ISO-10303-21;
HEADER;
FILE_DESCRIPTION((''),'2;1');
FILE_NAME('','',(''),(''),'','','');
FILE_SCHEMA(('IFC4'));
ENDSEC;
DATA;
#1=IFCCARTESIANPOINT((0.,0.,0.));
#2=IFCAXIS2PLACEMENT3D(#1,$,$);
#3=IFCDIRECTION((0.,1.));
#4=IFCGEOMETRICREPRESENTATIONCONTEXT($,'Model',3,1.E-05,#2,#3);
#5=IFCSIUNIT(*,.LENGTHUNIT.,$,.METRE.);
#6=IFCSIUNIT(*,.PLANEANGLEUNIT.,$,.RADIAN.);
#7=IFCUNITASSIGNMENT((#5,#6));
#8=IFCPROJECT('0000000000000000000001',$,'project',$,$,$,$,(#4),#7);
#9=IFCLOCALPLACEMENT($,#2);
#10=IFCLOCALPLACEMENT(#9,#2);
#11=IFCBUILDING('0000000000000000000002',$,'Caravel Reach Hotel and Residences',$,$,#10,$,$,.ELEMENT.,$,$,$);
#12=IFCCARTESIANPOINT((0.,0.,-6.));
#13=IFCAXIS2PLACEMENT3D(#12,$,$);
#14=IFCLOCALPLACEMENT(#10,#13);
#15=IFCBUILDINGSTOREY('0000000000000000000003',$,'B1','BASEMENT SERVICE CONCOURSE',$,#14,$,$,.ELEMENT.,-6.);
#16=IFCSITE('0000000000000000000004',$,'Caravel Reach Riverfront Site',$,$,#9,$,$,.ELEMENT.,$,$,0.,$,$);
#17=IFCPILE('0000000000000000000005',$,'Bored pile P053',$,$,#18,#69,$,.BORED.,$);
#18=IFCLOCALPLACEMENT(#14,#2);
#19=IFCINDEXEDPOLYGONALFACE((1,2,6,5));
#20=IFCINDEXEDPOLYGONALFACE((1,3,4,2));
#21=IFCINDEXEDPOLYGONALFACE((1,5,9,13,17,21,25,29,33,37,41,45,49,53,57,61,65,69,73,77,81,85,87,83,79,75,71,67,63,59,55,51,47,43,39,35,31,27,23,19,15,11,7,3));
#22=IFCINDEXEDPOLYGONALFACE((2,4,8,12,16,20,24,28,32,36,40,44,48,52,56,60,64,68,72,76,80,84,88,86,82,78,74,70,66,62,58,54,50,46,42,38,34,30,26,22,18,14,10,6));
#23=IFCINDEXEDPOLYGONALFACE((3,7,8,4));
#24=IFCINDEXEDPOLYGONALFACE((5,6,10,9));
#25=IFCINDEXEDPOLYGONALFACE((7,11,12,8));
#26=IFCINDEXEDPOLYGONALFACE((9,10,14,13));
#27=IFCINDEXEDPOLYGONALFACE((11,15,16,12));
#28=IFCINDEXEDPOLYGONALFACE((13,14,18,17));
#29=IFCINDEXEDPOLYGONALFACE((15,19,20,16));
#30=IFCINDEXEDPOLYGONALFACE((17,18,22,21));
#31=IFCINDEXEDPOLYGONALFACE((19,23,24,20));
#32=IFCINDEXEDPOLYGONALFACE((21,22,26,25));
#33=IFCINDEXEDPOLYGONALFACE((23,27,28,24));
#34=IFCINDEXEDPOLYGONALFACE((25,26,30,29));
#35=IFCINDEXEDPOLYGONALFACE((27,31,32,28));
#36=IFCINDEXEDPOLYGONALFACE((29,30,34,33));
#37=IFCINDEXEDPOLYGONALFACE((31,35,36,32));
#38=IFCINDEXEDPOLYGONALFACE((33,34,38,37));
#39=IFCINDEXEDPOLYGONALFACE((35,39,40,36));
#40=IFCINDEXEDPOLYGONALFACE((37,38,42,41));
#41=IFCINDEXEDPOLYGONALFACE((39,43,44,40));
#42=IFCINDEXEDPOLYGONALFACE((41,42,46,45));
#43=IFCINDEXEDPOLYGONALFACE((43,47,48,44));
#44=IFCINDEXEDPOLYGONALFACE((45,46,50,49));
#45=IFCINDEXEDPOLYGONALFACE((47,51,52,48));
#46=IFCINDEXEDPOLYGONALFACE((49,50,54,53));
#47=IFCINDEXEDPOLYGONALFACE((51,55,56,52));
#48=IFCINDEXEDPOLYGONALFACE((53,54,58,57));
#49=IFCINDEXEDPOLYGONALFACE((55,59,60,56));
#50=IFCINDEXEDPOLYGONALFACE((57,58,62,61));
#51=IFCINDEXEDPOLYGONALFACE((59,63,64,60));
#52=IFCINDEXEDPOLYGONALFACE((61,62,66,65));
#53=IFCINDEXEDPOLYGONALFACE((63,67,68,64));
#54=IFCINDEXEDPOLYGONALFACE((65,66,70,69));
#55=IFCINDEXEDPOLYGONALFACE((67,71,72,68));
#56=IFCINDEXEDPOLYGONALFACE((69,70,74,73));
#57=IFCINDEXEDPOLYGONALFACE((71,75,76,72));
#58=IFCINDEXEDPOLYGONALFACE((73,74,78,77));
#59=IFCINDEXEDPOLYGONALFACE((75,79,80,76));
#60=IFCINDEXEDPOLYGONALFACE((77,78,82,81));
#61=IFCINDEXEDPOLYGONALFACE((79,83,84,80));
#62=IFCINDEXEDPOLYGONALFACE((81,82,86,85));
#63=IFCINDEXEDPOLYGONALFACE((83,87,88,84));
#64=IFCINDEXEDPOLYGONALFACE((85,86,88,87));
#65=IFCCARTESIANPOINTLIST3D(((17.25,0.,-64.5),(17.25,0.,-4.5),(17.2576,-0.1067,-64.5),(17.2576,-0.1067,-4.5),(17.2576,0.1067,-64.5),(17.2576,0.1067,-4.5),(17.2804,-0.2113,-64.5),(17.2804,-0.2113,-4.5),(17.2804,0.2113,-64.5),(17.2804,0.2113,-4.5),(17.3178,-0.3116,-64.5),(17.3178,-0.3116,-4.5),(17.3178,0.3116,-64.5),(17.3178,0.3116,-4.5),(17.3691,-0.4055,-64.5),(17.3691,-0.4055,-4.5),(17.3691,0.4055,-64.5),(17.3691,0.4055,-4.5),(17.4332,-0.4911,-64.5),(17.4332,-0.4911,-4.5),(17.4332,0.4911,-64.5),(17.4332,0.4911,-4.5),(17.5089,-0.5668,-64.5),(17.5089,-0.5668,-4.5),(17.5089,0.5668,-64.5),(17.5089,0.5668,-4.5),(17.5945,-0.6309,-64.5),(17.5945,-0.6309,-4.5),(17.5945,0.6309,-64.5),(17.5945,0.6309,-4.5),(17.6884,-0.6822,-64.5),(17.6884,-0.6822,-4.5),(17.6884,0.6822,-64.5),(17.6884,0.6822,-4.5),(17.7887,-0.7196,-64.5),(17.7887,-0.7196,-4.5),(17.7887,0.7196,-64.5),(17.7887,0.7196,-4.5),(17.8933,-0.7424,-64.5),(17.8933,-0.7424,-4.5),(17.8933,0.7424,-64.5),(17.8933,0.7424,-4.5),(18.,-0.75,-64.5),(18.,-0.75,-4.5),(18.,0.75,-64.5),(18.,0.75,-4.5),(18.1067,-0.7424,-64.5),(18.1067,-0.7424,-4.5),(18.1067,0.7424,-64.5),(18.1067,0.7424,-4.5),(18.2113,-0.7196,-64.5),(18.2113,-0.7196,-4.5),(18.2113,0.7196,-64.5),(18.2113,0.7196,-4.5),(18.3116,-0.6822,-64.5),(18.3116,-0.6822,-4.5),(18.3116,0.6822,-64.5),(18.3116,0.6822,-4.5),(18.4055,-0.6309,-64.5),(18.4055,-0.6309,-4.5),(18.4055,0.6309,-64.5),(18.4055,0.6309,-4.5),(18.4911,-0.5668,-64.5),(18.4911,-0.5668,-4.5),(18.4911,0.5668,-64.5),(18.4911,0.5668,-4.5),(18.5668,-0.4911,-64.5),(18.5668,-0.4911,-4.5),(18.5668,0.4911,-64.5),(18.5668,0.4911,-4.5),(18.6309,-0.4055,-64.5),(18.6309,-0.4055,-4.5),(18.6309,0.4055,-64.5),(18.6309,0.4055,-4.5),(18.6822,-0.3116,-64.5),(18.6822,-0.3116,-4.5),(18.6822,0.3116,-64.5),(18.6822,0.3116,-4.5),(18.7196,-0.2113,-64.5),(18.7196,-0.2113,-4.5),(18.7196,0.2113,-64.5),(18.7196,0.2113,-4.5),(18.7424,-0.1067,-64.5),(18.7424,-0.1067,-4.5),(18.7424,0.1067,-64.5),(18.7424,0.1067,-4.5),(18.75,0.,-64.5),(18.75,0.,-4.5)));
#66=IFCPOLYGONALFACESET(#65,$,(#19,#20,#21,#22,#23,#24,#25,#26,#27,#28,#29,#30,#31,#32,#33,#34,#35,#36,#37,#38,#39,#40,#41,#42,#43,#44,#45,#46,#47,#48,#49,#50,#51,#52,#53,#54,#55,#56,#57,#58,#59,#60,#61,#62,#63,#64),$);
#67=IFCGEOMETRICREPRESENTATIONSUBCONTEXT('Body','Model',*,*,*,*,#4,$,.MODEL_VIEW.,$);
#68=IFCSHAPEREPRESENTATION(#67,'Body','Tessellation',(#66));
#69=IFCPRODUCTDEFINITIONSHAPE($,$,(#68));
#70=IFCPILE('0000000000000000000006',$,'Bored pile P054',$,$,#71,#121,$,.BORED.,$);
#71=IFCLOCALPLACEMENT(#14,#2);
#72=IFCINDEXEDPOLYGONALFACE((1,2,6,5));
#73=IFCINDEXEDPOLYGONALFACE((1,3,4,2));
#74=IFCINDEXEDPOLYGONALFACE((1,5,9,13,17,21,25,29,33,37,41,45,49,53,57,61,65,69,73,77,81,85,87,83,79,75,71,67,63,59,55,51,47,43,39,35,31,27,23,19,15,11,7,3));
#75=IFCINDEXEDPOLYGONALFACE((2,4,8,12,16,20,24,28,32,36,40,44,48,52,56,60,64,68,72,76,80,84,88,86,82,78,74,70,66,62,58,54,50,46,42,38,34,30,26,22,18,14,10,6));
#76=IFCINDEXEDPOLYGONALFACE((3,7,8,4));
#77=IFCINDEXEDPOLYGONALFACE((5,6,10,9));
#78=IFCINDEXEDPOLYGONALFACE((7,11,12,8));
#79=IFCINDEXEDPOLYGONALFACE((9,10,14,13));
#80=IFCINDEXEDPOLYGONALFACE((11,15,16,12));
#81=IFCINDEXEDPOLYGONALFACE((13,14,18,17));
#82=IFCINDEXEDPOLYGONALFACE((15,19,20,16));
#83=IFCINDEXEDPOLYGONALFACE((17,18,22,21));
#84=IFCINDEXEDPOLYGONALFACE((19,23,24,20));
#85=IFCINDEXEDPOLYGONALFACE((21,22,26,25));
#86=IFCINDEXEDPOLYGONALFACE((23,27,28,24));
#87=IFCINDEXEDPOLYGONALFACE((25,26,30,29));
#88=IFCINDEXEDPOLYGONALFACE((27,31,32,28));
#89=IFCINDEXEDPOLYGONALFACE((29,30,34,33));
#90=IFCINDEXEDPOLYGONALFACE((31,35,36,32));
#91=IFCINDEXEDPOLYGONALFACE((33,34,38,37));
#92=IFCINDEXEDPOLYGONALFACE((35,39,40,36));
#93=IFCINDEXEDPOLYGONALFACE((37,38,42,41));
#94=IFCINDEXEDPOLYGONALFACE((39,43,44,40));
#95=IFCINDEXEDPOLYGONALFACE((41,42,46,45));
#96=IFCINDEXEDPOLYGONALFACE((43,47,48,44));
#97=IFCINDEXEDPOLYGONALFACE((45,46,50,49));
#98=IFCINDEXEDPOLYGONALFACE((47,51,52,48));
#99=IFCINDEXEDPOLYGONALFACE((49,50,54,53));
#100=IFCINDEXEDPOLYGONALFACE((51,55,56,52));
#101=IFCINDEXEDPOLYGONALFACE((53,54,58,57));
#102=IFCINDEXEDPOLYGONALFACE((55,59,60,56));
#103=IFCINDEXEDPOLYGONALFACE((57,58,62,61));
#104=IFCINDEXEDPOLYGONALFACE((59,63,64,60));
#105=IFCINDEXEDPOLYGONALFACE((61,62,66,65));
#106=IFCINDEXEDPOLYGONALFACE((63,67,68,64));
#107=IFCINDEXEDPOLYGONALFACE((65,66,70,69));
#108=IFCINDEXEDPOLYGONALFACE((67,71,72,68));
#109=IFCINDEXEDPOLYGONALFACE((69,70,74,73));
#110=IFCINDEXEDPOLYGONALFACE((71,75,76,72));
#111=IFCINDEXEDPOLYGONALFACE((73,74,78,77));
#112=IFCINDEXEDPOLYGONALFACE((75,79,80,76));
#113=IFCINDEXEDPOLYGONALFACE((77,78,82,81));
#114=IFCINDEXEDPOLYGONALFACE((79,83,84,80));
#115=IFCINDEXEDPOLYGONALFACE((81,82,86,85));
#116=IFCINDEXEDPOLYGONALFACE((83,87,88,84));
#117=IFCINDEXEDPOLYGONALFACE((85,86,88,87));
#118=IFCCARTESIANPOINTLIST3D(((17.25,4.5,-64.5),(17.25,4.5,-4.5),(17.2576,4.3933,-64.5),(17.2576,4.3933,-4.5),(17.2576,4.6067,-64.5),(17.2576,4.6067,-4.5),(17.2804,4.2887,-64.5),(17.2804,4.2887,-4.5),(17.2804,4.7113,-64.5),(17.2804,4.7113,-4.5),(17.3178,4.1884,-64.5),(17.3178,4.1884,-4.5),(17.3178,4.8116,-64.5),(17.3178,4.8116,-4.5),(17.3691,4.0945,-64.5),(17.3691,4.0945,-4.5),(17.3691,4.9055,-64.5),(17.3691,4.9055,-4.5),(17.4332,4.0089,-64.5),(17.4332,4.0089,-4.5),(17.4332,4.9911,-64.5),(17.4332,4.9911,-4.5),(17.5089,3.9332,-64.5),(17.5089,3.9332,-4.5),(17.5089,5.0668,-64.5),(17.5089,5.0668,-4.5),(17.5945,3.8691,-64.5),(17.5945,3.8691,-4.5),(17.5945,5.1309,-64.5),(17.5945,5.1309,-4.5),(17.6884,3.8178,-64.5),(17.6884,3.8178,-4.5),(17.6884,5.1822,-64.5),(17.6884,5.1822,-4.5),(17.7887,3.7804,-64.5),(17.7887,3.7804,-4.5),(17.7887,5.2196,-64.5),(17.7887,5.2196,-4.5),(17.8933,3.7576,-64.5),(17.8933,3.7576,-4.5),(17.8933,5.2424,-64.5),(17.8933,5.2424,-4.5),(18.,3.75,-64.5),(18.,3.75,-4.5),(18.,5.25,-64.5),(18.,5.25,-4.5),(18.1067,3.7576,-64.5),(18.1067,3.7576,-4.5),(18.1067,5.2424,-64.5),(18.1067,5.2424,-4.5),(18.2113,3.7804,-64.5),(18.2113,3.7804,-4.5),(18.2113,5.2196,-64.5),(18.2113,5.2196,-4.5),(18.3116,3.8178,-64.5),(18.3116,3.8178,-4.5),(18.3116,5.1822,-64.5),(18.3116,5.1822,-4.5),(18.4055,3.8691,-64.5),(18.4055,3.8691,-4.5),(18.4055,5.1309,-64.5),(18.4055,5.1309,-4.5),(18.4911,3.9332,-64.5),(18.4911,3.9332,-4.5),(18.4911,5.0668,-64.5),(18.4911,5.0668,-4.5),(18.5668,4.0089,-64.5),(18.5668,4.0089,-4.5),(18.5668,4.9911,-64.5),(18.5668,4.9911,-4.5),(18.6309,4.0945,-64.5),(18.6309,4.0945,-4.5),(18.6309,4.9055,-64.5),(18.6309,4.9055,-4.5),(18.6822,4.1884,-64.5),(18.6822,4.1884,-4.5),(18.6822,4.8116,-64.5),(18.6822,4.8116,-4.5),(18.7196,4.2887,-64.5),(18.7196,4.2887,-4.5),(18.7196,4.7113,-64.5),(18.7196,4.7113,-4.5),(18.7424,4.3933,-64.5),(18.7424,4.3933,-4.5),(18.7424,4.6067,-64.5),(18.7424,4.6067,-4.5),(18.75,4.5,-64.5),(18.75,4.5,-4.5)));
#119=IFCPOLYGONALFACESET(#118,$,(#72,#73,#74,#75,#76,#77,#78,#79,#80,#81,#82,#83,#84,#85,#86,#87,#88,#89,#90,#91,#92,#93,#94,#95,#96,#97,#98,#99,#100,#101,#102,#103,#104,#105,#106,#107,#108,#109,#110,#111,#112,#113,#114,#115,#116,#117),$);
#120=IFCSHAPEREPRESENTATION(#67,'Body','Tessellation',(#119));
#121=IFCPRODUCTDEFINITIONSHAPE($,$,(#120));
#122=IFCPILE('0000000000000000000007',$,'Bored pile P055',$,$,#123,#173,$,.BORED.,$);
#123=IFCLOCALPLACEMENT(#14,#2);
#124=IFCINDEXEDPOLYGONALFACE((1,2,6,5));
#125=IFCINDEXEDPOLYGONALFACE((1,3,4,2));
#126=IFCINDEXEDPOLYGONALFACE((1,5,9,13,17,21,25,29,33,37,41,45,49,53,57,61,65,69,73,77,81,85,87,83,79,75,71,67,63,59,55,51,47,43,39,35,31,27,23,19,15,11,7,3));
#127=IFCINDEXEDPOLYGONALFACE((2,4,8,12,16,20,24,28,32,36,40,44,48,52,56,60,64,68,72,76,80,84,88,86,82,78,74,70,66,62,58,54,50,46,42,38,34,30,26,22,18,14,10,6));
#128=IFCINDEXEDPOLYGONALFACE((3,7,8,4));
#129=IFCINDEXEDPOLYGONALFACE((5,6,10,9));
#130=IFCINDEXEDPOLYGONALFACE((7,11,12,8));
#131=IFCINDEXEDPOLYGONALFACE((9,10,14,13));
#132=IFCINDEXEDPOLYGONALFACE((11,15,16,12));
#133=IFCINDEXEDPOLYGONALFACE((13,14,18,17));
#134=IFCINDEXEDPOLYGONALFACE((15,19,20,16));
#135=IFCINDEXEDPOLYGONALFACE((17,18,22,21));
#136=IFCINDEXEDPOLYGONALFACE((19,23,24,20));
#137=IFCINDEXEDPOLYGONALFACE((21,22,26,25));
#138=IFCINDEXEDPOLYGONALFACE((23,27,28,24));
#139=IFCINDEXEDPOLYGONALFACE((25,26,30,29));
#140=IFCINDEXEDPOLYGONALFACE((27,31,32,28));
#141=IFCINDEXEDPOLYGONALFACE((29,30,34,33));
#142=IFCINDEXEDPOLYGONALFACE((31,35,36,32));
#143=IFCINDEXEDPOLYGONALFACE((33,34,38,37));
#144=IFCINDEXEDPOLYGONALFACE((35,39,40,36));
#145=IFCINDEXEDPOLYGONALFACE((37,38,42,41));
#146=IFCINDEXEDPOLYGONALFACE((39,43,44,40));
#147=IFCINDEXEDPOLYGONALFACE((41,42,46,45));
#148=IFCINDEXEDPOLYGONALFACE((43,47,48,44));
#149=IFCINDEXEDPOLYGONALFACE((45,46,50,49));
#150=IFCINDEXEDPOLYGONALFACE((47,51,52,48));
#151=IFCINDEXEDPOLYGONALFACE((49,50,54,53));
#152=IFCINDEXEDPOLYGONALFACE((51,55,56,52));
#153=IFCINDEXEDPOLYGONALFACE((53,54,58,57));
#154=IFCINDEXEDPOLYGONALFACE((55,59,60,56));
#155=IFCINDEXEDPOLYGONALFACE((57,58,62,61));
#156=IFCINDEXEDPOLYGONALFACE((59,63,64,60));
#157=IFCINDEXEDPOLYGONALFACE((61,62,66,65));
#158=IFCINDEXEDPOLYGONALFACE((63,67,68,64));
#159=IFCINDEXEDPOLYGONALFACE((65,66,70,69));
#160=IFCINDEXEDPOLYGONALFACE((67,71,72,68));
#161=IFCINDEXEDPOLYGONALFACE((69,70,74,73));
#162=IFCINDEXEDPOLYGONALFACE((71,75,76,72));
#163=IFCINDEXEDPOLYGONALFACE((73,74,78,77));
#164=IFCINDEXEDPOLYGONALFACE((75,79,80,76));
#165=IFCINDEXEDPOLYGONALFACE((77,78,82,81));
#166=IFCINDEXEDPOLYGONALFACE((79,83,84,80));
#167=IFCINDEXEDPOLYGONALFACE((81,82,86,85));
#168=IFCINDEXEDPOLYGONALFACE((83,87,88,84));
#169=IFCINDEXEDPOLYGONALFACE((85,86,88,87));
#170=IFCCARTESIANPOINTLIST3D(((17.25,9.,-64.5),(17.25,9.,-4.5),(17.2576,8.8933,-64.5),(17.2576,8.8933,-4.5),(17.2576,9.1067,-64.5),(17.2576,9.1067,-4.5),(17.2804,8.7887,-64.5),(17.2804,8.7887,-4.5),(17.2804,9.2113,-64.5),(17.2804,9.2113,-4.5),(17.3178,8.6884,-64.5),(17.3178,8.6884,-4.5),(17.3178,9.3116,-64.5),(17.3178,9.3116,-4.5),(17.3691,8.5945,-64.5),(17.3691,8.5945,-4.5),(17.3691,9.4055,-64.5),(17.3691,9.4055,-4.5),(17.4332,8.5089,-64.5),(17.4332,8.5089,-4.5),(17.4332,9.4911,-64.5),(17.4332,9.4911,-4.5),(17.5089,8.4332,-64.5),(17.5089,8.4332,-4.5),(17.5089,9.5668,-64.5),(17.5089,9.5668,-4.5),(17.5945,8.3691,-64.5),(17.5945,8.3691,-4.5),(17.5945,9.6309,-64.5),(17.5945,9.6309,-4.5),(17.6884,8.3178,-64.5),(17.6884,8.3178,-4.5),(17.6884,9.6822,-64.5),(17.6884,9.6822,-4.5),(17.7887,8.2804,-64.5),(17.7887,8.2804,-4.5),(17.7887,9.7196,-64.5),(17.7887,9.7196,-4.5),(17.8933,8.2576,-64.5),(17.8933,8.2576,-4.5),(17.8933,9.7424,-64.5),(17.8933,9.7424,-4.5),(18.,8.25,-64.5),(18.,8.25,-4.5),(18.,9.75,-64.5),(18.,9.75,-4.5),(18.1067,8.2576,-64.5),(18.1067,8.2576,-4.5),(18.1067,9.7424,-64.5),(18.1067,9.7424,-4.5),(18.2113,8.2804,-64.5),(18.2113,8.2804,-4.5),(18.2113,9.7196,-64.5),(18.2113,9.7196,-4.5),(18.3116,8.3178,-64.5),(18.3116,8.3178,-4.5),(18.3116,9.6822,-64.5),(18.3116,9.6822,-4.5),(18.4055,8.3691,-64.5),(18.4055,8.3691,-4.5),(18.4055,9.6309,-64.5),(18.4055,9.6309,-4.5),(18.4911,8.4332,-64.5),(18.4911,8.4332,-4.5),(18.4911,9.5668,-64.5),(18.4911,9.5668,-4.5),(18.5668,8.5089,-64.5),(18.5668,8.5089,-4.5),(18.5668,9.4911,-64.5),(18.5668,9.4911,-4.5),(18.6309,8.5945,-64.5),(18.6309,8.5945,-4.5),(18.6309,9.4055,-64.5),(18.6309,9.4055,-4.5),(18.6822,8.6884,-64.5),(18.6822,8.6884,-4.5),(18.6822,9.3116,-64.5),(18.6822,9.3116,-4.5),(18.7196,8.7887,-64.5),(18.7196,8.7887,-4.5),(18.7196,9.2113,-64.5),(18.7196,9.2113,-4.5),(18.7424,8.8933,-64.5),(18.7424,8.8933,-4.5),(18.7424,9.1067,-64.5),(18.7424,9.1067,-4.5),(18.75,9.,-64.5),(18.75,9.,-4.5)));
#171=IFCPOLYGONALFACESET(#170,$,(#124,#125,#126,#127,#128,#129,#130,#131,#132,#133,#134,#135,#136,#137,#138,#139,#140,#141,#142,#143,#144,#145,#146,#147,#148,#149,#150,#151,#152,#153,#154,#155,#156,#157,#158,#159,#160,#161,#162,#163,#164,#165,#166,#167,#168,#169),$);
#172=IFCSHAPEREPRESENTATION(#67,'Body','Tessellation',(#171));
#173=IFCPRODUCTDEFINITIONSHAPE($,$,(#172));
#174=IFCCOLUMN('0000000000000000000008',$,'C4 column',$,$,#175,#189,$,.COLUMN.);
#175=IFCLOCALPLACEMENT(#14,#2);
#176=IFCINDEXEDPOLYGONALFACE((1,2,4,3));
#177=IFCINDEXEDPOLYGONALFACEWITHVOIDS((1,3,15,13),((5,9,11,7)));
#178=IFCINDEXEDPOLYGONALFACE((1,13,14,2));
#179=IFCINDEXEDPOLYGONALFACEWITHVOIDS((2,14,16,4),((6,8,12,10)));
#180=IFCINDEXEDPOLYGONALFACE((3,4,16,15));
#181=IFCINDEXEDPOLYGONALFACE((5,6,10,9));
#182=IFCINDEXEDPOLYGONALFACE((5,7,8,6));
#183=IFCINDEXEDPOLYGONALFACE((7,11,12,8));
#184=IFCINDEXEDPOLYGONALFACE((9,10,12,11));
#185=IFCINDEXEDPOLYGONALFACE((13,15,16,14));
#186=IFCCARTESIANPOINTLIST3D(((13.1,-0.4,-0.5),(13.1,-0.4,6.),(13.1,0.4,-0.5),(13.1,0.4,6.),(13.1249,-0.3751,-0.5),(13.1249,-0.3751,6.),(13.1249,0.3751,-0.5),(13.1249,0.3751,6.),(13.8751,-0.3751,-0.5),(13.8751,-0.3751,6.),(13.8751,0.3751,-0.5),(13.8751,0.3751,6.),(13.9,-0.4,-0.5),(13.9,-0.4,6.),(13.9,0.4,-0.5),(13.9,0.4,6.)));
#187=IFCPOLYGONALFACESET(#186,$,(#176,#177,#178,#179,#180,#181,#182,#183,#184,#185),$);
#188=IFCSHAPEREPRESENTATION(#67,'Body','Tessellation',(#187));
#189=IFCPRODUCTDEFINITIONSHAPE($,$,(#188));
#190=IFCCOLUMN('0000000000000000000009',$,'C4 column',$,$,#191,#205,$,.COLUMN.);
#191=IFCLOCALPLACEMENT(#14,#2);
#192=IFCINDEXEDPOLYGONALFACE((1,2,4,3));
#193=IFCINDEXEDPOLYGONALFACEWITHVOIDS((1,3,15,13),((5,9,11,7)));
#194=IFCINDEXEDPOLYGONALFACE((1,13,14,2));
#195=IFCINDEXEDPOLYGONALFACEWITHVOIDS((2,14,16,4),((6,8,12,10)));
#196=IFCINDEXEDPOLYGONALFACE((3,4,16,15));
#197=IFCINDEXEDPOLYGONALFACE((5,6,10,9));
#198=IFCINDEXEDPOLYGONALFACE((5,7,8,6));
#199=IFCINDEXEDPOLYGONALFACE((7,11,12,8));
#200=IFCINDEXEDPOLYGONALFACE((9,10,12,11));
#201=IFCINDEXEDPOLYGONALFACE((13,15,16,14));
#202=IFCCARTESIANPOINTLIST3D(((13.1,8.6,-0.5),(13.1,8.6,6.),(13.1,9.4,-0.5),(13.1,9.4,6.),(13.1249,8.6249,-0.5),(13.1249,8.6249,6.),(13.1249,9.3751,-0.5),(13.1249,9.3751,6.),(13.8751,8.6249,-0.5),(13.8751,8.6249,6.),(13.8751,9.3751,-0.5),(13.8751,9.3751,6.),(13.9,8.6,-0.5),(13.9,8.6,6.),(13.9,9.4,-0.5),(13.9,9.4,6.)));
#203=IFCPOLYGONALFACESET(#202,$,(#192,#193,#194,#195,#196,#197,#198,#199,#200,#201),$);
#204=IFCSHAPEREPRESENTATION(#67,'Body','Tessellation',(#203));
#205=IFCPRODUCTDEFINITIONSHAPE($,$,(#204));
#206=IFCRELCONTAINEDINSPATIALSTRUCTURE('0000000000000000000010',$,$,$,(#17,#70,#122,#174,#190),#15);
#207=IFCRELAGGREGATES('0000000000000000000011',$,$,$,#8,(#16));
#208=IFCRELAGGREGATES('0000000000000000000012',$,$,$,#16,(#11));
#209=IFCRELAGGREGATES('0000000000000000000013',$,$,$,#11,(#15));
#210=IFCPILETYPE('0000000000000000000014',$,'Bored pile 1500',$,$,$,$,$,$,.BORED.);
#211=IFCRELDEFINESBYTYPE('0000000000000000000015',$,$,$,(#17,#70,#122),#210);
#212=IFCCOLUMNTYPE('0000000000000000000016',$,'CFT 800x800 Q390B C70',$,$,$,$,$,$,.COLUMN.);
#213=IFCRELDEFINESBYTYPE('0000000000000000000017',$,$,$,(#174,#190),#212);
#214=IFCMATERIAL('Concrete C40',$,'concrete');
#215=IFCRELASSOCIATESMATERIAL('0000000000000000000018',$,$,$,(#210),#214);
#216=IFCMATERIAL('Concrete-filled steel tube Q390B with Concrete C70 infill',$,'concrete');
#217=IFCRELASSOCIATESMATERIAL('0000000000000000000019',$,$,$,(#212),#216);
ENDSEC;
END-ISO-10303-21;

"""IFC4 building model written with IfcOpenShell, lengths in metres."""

from ifc_helpers import new_model, si_unit, direction, frame, origin, origin_2d, place, context, subcontext, project, spatial, hollow_rectangle, circle, extrude, material, material_profile, profile_set, type_object, element, save


model = new_model("IFC4")

# Units and contexts
model_context = context("Model", 3, precision=1e-05, world=origin(), true_north=direction((0.0, 1.0)))
body_context = subcontext(model_context, "Body", "Model", "MODEL_VIEW")
ifc_project = project(units=[si_unit("LENGTHUNIT", "METRE"), si_unit("PLANEANGLEUNIT", "RADIAN")], contexts=[model_context])

# Site, building, storey
site_placement = place(None, origin())
site = spatial("IfcSite", under=ifc_project, at=site_placement, Name="Caravel Reach Riverfront Site", CompositionType="ELEMENT", RefElevation=0.0)
building_placement = place(site_placement, origin())
building = spatial("IfcBuilding", under=site, at=building_placement, Name="Caravel Reach Hotel and Residences", CompositionType="ELEMENT")
storey_placement = place(building_placement, frame((0.0, 0.0, -6.0)))
storey = spatial("IfcBuildingStorey", under=building, at=storey_placement, Name="B1", Description="BASEMENT SERVICE CONCOURSE", CompositionType="ELEMENT", Elevation=-6.0)

# Piles
ifc_material_1 = material(Name="Concrete C40", Category="concrete")
ifc_material_profile_1 = material_profile(ifc_material_1, circle(Radius=0.75, at=origin_2d()), Name="PILE 1500")
ifc_profile_set_1 = profile_set([ifc_material_profile_1], Name="Concrete C40")
pile_type = type_object("IfcPileType", Name="Bored pile 1500", PredefinedType="BORED", material=ifc_profile_set_1)
for number, where, z_axis, x_axis, name in (
    (1, (18.0, 0.0, -4.5), (0.0, 0.0, -1.0), (1.0, 0.0, 0.0), "Bored pile P053"),
    (2, (18.0, 4.5, -4.5), (0.0, 0.0, -1.0), (1.0, 0.0, 0.0), "Bored pile P054"),
    (3, (18.0, 9.0, -4.5), (0.0, 0.0, -1.0), (1.0, 0.0, 0.0), "Bored pile P055"),
):
    element("IfcPile", number, at=place(storey_placement, frame(where, z_axis=z_axis, x_axis=x_axis)), inside=storey, type_object=pile_type, Name=name, PredefinedType="BORED", context=body_context, shape_type="SweptSolid", body=[
        extrude(circle(Radius=0.75, at=origin_2d()), origin(), (0.0, 0.0, 1.0), 60.0),
    ])

# Columns
ifc_material_2 = material(Name="Concrete-filled steel tube Q390B with Concrete C70 infill", Category="concrete")
ifc_material_profile_2 = material_profile(ifc_material_2, hollow_rectangle(XDim=0.8, YDim=0.8, WallThickness=0.0249, at=origin_2d()), Name="RHS 800x800x25")
ifc_profile_set_2 = profile_set([ifc_material_profile_2], Name="Concrete-filled steel tube Q390B with Concrete C70 infill")
column_type = type_object("IfcColumnType", Name="CFT 800x800 Q390B C70", PredefinedType="COLUMN", material=ifc_profile_set_2)
for number, where, z_axis, x_axis, name in (
    (4, (13.5, 0.0, -0.5), (0.0, 0.0, 1.0), (1.0, 0.0, 0.0), "C4 column"),
    (5, (13.5, 9.0, -0.5), (0.0, 0.0, 1.0), (1.0, 0.0, 0.0), "C4 column"),
):
    element("IfcColumn", number, at=place(storey_placement, frame(where, z_axis=z_axis, x_axis=x_axis)), inside=storey, type_object=column_type, Name=name, PredefinedType="COLUMN", context=body_context, shape_type="SweptSolid", body=[
        extrude(hollow_rectangle(XDim=0.8, YDim=0.8, WallThickness=0.0249, at=origin_2d()), origin(), (0.0, 0.0, 1.0), 6.5),
    ])

save(model, "model.ifc")
